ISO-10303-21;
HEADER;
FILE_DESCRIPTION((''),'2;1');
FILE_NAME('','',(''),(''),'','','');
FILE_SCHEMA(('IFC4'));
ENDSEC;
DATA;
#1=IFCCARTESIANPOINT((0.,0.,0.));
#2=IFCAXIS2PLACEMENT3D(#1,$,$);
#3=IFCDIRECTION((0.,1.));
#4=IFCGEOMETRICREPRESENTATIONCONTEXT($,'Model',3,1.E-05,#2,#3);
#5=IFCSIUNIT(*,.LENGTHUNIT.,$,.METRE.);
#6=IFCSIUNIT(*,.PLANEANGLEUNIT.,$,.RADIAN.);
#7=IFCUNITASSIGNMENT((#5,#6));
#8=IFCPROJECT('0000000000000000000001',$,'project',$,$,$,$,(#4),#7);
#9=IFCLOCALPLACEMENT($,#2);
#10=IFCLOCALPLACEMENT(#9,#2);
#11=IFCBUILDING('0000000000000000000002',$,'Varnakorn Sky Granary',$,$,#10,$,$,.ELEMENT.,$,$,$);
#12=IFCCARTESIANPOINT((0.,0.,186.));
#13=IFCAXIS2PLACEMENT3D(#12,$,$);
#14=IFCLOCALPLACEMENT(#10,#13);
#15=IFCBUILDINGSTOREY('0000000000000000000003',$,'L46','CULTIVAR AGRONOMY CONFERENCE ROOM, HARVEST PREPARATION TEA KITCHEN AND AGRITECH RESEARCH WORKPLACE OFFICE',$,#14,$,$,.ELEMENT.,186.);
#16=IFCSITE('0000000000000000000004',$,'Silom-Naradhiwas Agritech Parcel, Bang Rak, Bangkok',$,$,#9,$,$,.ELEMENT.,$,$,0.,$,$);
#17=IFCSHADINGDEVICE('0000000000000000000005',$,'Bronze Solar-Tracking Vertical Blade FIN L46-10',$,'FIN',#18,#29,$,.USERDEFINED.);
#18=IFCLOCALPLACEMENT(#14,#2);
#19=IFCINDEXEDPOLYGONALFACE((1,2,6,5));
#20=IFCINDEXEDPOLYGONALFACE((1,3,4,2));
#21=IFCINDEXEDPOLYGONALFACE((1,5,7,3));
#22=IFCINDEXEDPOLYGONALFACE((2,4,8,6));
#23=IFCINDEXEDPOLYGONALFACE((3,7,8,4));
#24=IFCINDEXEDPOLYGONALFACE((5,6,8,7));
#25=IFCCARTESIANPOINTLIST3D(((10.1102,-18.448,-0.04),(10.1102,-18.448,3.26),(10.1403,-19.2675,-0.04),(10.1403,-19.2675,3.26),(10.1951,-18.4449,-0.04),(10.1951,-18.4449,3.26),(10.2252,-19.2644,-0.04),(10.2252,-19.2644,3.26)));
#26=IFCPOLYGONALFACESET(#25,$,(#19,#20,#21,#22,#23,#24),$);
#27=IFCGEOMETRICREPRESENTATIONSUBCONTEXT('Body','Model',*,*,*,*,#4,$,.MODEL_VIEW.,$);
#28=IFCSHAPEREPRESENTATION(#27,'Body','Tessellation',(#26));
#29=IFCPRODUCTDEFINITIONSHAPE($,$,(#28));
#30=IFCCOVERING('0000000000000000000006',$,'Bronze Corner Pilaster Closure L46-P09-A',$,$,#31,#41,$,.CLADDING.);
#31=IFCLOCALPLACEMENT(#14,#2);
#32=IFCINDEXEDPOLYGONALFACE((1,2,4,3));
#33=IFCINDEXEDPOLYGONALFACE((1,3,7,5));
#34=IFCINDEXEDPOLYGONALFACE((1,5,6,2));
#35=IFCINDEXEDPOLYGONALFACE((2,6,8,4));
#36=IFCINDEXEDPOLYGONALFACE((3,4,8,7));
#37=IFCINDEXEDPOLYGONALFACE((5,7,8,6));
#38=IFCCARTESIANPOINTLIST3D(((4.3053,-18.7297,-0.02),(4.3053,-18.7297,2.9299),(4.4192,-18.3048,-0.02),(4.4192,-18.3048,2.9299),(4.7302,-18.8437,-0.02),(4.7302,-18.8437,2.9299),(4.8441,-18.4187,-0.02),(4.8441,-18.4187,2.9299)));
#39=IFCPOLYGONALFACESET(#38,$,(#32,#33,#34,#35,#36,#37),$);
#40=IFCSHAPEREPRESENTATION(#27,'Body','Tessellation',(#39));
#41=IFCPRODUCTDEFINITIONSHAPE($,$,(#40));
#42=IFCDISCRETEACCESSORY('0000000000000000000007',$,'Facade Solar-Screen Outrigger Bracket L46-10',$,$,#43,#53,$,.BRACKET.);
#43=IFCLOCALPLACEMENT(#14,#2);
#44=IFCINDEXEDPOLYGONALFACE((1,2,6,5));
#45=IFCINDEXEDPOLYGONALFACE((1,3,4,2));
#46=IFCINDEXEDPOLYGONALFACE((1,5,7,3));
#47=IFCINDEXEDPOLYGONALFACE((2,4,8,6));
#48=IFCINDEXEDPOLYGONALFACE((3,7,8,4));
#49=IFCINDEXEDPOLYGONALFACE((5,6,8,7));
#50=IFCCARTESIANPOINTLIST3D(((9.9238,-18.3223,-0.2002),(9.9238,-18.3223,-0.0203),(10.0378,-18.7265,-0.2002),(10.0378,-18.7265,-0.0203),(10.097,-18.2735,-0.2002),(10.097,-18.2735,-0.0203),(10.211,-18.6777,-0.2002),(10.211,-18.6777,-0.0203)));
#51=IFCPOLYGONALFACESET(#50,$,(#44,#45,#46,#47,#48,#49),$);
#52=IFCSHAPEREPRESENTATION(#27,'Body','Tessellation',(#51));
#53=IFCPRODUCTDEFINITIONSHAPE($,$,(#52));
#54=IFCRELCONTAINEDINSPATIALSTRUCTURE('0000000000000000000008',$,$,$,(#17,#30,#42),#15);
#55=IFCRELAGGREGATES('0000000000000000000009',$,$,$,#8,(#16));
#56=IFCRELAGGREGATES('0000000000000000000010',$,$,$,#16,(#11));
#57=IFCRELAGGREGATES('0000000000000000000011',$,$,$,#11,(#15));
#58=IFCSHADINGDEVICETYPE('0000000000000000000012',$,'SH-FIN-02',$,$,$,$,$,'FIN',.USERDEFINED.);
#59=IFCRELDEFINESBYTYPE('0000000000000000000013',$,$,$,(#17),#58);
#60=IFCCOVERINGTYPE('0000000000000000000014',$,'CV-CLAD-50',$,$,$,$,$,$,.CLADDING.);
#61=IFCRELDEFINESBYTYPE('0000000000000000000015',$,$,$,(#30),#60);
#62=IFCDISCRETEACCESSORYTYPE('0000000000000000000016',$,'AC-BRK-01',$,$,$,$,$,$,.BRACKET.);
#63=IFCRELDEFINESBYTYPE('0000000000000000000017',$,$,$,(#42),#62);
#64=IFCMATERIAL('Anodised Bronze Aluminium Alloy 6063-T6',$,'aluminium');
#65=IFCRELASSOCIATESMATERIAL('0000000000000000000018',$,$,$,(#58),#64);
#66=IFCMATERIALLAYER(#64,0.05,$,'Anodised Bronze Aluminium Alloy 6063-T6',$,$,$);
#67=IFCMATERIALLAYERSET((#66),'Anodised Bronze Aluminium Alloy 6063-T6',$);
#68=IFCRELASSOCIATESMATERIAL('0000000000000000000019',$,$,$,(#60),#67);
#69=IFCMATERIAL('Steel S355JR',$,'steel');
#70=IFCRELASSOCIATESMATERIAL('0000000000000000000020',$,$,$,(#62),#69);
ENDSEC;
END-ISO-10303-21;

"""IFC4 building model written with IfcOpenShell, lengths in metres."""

from ifc_helpers import new_model, si_unit, direction, frame, origin, origin_2d, place, context, subcontext, project, spatial, rectangle, extrude, source, transform, mapped, material, layer, layer_set, type_object, type_shapes, element, save


model = new_model("IFC4")

# Units and contexts
model_context = context("Model", 3, precision=1e-05, world=origin(), true_north=direction((0.0, 1.0)))
body_context = subcontext(model_context, "Body", "Model", "MODEL_VIEW")
ifc_project = project(units=[si_unit("LENGTHUNIT", "METRE"), si_unit("PLANEANGLEUNIT", "RADIAN")], contexts=[model_context])

# Site, building, storey
site_placement = place(None, origin())
site = spatial("IfcSite", under=ifc_project, at=site_placement, Name="Silom-Naradhiwas Agritech Parcel, Bang Rak, Bangkok", CompositionType="ELEMENT", RefElevation=0.0)
building_placement = place(site_placement, origin())
building = spatial("IfcBuilding", under=site, at=building_placement, Name="Varnakorn Sky Granary", CompositionType="ELEMENT")
storey_placement = place(building_placement, frame((0.0, 0.0, 186.0)))
storey = spatial("IfcBuildingStorey", under=building, at=storey_placement, Name="L46", Description="CULTIVAR AGRONOMY CONFERENCE ROOM, HARVEST PREPARATION TEA KITCHEN AND AGRITECH RESEARCH WORKPLACE OFFICE", CompositionType="ELEMENT", Elevation=186.0)

# Shared definitions
ifc_material_1 = material(Name="Steel S355JR", Category="steel")

# Shared definitions
ifc_material_2 = material(Name="Anodised Bronze Aluminium Alloy 6063-T6", Category="aluminium")

# Shading device
shading_device_type = type_object("IfcShadingDeviceType", Name="SH-FIN-02", ElementType="FIN", PredefinedType="USERDEFINED", material=ifc_material_2)
shared_shape_1 = source(origin(), body_context, "Body", "SweptSolid", [
    extrude(rectangle(XDim=0.085, YDim=0.8201, at=origin_2d()), origin(), (0.0, 0.0, 1.0), 3.3),
])
type_shapes(shading_device_type, [shared_shape_1])
shading_device_placement = place(storey_placement, frame((10.1677, -18.8562, -0.04), z_axis=(0.0, 0.0, 1.0), x_axis=(0.999324, 0.036762, 0.0)))
element("IfcShadingDevice", 1, at=shading_device_placement, inside=storey, type_object=shading_device_type, Name="Bronze Solar-Tracking Vertical Blade FIN L46-10", ObjectType="FIN", PredefinedType="USERDEFINED", context=body_context, shape_type="MappedRepresentation", body=[
    mapped(shared_shape_1, transform((0.0, 0.0, 0.0), x_axis=(1.0, 0.0, 0.0), y_axis=(0.0, 1.0, 0.0), z_axis=(0.0, 0.0, 1.0), scale=1.0)),
])

# Covering
ifc_layer_1 = layer(ifc_material_2, 0.05, Name="Anodised Bronze Aluminium Alloy 6063-T6")
ifc_layer_set_1 = layer_set([ifc_layer_1], Name="Anodised Bronze Aluminium Alloy 6063-T6")
covering_type = type_object("IfcCoveringType", Name="CV-CLAD-50", PredefinedType="CLADDING", material=ifc_layer_set_1)
shared_shape_2 = source(origin(), body_context, "Body", "SweptSolid", [
    extrude(rectangle(XDim=0.4399, YDim=0.4399, at=origin_2d()), origin(), (0.0, 0.0, 1.0), 2.95),
])
type_shapes(covering_type, [shared_shape_2])
covering_placement = place(storey_placement, frame((4.5747, -18.5742, -0.02), z_axis=(0.0, 0.0, 1.0), x_axis=(-0.965881, 0.258988, 0.0)))
element("IfcCovering", 2, at=covering_placement, inside=storey, type_object=covering_type, Name="Bronze Corner Pilaster Closure L46-P09-A", PredefinedType="CLADDING", context=body_context, shape_type="MappedRepresentation", body=[
    mapped(shared_shape_2, transform((0.0, 0.0, 0.0), x_axis=(1.0, 0.0, 0.0), y_axis=(0.0, 1.0, 0.0), z_axis=(0.0, 0.0, 1.0), scale=1.0)),
])

# Discrete accessory
discrete_accessory_type = type_object("IfcDiscreteAccessoryType", Name="AC-BRK-01", PredefinedType="BRACKET", material=ifc_material_1)
shared_shape_3 = source(origin(), body_context, "Body", "SweptSolid", [
    extrude(rectangle(XDim=0.1799, YDim=0.4199, at=origin_2d()), origin(), (0.0, 0.0, 1.0), 0.1799),
])
type_shapes(discrete_accessory_type, [shared_shape_3])
discrete_accessory_placement = place(storey_placement, frame((10.0674, -18.5, -0.2002), z_axis=(0.0, 0.0, 1.0), x_axis=(0.962459, 0.271428, 0.0)))
element("IfcDiscreteAccessory", 3, at=discrete_accessory_placement, inside=storey, type_object=discrete_accessory_type, Name="Facade Solar-Screen Outrigger Bracket L46-10", PredefinedType="BRACKET", context=body_context, shape_type="MappedRepresentation", body=[
    mapped(shared_shape_3, transform((0.0, 0.0, 0.0), x_axis=(1.0, 0.0, 0.0), y_axis=(0.0, 1.0, 0.0), z_axis=(0.0, 0.0, 1.0), scale=1.0)),
])

save(model, "model.ifc")
